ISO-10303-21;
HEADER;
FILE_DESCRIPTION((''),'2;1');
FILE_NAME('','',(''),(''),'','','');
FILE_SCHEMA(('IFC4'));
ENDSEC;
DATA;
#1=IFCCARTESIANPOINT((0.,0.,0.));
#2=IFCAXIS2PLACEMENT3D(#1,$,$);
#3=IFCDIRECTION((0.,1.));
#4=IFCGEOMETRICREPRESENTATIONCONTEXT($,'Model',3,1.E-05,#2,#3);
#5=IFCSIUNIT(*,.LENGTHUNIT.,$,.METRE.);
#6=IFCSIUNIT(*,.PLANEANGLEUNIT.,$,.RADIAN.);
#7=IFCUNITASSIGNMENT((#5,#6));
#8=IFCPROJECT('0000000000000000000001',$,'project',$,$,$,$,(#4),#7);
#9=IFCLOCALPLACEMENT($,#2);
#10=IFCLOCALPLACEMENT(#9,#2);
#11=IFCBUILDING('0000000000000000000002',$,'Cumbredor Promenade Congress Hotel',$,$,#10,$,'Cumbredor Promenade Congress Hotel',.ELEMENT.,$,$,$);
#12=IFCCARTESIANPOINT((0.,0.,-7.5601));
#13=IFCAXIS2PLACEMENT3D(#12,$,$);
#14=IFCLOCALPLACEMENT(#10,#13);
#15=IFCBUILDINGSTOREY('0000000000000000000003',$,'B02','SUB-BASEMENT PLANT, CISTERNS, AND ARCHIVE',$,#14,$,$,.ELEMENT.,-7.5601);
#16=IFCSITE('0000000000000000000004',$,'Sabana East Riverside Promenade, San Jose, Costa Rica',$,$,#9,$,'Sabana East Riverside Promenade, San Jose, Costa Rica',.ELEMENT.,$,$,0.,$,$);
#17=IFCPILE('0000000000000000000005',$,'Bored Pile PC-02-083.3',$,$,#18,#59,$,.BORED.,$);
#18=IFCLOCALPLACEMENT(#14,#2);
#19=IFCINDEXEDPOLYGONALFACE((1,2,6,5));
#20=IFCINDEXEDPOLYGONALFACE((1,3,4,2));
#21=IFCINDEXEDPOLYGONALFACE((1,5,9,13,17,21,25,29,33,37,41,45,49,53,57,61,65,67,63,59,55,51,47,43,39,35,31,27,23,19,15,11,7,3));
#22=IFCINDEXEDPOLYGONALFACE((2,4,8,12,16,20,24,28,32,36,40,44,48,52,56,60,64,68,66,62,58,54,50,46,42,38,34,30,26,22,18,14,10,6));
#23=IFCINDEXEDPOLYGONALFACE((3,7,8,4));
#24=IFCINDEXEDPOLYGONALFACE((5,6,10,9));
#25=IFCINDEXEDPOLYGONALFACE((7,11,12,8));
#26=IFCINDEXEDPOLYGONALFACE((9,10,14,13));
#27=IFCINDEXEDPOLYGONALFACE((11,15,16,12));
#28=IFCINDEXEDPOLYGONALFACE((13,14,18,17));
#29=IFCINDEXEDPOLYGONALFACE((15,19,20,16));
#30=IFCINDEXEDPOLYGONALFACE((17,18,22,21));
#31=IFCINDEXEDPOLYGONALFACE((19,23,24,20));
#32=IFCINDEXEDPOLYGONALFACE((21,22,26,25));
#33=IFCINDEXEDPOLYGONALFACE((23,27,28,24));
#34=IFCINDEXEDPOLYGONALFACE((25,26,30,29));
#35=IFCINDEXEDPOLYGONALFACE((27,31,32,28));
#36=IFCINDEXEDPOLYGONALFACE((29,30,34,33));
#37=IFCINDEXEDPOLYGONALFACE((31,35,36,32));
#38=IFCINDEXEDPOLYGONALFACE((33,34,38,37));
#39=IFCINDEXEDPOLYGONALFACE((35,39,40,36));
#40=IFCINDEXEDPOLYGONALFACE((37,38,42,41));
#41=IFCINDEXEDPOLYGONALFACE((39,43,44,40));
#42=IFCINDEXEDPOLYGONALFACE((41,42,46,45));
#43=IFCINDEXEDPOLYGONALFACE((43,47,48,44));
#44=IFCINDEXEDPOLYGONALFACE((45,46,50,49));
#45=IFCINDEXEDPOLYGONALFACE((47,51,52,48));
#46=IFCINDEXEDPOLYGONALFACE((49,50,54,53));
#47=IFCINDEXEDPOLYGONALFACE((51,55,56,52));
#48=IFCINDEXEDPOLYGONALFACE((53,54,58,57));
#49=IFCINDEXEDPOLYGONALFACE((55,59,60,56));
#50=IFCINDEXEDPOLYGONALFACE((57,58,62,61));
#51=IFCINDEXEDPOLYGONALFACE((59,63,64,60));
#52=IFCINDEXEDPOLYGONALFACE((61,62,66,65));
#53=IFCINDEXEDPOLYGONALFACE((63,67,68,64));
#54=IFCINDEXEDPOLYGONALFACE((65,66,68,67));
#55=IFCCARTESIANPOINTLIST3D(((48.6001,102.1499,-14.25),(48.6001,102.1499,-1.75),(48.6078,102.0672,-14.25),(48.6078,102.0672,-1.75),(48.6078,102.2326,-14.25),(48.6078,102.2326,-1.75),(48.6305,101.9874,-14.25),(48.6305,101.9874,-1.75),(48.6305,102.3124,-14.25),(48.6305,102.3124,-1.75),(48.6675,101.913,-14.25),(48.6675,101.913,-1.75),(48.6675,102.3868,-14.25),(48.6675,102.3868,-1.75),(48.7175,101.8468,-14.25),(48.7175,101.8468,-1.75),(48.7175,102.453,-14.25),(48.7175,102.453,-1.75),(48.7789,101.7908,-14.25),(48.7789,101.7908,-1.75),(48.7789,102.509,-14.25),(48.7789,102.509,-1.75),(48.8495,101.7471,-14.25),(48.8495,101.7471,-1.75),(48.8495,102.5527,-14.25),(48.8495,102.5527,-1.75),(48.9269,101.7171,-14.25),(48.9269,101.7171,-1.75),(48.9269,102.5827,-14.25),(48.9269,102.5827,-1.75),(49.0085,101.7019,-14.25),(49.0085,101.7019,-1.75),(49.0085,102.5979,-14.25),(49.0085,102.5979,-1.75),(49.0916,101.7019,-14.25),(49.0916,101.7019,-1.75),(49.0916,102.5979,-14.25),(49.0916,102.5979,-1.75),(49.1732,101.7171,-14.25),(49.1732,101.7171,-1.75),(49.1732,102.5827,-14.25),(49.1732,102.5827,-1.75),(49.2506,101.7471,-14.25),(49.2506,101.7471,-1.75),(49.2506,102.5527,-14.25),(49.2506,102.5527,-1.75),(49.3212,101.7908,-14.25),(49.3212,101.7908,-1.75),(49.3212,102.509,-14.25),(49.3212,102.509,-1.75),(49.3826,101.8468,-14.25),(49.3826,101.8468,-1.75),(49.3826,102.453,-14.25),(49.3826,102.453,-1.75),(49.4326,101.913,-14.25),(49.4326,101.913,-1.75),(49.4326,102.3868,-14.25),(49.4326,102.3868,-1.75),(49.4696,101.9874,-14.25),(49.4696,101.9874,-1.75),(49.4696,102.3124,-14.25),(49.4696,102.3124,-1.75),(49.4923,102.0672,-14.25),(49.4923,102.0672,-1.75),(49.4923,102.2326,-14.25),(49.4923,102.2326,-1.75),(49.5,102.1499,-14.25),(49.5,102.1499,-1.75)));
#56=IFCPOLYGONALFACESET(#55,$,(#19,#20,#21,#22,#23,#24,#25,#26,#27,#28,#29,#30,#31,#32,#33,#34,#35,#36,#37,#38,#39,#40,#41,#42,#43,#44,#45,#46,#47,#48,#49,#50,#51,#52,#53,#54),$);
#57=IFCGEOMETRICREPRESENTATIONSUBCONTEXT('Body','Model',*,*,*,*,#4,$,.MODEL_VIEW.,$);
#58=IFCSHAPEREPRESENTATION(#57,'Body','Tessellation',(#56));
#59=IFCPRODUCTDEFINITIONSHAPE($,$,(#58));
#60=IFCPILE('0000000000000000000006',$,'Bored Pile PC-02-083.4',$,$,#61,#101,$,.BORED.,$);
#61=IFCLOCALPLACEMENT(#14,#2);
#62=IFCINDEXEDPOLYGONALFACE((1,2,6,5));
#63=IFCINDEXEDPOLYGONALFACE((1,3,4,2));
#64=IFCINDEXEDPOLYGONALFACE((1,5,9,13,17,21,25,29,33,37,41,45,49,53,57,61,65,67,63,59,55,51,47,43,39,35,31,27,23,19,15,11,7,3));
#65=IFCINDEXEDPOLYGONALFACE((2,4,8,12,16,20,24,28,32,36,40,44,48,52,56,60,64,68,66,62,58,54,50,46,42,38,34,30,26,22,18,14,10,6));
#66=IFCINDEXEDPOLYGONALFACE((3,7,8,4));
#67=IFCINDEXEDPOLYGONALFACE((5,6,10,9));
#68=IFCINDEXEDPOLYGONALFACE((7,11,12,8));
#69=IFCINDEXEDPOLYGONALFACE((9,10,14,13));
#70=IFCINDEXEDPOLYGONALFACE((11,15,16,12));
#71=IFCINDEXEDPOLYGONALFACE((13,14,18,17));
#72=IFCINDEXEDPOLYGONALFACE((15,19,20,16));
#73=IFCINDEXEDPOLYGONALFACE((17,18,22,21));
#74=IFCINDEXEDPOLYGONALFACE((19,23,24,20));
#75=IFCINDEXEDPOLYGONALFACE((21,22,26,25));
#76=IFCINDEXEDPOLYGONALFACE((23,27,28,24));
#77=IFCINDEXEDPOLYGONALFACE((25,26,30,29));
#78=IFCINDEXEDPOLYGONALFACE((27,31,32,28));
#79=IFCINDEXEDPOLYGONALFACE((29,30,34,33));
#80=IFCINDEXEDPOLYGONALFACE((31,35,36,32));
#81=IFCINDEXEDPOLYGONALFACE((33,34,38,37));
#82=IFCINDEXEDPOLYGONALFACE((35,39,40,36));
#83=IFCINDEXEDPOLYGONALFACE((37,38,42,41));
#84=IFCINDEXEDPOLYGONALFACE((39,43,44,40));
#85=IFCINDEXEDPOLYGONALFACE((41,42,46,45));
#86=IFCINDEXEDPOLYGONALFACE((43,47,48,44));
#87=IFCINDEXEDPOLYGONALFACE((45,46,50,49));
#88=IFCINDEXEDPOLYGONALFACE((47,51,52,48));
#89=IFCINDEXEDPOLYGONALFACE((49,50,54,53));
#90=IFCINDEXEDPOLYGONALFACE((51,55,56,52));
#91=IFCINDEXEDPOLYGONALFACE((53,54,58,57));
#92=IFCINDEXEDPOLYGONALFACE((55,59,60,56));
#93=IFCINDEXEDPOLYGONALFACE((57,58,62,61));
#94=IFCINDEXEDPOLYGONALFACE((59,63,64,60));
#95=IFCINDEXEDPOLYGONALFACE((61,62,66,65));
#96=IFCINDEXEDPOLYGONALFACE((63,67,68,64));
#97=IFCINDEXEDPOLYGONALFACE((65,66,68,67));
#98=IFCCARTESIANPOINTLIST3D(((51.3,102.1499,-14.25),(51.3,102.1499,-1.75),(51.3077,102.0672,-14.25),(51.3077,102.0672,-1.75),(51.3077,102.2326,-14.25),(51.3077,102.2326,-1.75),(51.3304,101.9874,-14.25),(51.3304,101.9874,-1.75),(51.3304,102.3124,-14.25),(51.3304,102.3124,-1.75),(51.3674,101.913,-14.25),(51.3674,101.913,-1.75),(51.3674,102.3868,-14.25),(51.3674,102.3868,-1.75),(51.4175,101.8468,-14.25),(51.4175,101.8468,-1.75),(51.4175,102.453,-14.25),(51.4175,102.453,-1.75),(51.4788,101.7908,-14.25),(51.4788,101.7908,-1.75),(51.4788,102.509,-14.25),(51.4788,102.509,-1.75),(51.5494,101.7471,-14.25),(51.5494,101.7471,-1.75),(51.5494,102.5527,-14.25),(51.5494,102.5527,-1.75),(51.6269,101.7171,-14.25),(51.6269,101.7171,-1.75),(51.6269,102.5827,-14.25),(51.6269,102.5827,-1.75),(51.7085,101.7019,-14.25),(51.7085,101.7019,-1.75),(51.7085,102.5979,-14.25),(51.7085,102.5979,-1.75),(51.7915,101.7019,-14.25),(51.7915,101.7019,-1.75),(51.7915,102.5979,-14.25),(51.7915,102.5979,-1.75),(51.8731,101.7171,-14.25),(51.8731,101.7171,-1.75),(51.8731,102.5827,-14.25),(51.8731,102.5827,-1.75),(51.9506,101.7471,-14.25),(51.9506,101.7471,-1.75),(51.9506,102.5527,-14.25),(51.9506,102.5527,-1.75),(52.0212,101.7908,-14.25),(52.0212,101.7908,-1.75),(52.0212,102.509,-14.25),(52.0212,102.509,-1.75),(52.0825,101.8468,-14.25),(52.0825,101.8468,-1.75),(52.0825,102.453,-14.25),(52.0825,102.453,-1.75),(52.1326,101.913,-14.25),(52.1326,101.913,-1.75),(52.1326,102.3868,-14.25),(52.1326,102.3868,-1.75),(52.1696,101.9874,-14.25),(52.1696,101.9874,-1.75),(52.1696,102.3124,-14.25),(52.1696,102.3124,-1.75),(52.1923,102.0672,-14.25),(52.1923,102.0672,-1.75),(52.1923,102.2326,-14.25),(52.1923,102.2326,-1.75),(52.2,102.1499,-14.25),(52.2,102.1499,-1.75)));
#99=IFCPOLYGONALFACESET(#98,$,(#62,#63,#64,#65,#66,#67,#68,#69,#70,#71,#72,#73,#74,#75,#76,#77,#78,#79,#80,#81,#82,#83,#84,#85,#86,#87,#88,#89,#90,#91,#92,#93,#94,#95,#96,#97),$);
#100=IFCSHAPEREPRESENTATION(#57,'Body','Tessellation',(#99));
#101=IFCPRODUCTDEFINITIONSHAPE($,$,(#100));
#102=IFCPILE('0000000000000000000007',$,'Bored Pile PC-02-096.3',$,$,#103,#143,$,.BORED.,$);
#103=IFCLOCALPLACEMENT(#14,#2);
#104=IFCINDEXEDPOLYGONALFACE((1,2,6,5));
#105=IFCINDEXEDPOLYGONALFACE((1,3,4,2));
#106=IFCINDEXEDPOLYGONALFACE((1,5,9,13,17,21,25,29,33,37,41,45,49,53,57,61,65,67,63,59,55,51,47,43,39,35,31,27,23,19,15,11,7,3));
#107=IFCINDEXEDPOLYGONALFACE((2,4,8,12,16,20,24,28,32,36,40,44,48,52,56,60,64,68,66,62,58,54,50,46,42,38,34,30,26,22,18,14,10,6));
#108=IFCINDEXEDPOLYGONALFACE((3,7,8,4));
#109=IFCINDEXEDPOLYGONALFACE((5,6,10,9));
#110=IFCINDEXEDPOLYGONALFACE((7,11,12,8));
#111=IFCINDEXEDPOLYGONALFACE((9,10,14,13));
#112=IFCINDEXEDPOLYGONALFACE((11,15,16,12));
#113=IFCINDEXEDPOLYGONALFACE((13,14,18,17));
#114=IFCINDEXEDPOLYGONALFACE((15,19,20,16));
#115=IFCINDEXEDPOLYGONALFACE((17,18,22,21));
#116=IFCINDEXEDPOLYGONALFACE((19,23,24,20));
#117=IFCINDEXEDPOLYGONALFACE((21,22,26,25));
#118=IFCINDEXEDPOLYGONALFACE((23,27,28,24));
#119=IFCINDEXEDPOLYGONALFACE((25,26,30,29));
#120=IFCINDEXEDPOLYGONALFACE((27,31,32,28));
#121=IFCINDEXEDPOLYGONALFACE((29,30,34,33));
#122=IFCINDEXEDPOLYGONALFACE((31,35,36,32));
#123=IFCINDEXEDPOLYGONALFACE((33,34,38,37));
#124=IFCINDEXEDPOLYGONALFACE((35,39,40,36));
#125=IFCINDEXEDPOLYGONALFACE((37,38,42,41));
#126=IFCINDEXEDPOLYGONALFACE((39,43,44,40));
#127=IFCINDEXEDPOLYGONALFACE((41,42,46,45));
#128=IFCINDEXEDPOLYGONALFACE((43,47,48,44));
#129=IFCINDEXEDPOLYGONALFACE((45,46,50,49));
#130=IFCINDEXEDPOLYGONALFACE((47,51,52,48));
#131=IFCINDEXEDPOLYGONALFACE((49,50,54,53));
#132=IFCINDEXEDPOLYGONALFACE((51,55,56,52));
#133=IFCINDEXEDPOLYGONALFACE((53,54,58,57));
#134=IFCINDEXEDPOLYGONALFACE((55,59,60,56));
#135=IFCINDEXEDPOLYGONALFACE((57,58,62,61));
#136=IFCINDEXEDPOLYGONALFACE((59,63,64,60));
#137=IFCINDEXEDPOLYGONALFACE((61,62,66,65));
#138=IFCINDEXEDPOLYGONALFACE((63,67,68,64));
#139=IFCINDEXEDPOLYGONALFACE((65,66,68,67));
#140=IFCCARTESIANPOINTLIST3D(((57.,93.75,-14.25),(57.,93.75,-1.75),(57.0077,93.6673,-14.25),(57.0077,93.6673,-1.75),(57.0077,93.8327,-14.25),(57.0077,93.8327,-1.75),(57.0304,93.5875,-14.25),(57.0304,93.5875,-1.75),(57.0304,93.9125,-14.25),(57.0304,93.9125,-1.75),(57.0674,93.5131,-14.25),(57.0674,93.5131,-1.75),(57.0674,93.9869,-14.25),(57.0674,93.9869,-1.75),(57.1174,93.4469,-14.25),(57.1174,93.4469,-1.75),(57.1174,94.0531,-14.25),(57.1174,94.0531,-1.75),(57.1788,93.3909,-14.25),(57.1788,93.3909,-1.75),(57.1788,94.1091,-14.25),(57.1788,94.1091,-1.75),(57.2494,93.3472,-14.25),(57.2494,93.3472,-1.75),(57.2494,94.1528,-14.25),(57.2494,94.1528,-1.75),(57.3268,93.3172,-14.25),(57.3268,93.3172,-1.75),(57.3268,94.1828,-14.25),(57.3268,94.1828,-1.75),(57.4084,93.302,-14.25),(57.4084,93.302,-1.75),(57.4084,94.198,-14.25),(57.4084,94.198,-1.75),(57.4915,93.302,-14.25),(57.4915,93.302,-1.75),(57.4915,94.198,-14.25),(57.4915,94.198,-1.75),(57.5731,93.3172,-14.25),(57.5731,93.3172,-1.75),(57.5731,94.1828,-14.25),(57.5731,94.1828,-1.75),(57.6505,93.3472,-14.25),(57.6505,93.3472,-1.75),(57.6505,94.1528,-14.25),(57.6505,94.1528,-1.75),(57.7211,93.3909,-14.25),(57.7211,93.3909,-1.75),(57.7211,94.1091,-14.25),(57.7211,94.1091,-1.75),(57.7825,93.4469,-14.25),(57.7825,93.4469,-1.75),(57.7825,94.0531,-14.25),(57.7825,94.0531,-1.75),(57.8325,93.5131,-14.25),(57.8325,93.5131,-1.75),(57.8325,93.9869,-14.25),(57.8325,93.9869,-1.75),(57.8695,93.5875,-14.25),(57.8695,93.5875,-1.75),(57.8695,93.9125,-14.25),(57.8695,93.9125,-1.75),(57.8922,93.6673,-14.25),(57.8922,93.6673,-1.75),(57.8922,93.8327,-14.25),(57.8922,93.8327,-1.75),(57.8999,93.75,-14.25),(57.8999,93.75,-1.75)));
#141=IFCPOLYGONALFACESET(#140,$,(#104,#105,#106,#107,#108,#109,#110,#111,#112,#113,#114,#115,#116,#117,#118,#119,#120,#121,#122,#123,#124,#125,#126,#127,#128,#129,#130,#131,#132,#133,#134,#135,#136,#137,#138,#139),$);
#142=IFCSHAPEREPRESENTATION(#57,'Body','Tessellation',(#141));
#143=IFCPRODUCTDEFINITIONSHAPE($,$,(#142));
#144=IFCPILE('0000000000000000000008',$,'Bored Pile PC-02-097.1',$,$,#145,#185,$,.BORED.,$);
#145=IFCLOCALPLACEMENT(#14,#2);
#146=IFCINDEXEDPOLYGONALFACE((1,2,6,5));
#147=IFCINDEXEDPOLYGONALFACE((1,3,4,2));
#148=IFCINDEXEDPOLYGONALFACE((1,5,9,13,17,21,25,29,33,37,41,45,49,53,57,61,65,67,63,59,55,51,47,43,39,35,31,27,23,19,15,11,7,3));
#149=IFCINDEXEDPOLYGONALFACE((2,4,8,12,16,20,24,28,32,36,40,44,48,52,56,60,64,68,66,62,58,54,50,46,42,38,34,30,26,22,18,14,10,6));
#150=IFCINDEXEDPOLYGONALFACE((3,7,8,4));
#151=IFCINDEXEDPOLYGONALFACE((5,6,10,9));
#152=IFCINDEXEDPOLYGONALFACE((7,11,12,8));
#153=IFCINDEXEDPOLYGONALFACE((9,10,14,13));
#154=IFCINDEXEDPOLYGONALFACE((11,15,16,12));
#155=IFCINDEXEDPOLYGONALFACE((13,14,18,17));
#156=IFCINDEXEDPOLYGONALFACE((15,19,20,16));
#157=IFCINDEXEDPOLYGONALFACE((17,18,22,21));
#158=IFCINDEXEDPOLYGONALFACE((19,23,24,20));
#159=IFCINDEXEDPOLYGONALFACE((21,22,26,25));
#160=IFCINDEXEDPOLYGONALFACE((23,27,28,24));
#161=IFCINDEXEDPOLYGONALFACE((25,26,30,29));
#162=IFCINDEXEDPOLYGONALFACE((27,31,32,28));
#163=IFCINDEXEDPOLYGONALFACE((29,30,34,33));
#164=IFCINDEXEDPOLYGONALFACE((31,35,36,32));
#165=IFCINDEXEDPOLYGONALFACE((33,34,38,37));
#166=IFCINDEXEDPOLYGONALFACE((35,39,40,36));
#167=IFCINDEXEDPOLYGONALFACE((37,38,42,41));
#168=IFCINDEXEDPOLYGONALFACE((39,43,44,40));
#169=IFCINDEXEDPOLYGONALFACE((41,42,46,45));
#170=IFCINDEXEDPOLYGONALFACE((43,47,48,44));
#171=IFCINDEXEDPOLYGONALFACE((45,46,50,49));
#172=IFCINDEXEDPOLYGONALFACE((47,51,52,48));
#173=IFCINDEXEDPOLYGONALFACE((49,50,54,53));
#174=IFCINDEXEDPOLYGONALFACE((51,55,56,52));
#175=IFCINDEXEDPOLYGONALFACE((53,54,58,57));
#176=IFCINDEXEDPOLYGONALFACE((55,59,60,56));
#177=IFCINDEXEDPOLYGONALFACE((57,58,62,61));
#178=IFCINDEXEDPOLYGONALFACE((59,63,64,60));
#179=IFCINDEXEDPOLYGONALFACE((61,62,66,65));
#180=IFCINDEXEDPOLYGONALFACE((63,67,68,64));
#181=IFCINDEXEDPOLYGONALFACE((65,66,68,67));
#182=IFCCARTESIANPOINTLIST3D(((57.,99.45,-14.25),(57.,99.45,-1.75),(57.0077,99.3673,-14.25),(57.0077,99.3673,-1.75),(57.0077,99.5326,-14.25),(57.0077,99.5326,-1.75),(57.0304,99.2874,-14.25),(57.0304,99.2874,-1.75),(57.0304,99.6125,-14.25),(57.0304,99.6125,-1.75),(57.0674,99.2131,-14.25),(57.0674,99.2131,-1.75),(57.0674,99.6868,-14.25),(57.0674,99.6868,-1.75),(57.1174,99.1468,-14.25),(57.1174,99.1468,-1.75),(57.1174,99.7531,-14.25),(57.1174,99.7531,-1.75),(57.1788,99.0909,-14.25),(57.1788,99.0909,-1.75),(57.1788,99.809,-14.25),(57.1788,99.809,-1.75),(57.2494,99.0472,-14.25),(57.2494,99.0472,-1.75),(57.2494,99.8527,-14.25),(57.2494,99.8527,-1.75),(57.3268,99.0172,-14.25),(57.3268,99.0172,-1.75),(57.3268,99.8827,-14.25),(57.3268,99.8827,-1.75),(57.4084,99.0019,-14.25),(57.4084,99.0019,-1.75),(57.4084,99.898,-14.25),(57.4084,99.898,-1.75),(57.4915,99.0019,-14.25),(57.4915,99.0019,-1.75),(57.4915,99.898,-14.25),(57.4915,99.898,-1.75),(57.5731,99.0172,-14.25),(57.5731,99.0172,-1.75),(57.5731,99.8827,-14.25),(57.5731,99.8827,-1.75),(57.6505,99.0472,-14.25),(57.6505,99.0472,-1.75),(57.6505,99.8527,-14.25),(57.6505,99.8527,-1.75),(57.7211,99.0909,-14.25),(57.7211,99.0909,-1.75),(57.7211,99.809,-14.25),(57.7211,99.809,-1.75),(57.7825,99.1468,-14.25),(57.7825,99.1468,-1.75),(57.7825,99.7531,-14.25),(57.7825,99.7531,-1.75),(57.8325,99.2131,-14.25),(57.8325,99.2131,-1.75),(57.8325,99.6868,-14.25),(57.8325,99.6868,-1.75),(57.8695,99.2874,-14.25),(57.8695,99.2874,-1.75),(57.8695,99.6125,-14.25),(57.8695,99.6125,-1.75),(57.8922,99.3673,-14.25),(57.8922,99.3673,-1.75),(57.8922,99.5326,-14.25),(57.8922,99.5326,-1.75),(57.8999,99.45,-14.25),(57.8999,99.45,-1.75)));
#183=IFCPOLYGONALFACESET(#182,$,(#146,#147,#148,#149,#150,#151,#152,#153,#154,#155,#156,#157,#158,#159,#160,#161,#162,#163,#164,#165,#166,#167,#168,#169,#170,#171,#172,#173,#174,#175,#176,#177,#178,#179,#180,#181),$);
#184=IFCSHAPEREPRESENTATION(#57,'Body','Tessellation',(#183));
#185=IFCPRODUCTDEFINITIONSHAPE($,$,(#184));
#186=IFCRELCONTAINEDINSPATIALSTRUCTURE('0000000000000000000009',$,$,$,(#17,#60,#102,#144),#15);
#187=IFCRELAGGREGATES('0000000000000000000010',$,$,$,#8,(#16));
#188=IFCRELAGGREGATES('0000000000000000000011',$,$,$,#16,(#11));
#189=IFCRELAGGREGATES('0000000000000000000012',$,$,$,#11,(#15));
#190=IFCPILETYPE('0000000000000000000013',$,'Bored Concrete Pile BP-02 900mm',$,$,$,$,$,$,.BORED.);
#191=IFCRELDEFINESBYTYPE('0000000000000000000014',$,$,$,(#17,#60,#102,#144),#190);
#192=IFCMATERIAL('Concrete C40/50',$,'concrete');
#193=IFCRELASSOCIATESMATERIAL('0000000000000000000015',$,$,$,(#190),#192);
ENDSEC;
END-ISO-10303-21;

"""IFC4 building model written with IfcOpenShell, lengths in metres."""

from ifc_helpers import new_model, si_unit, direction, frame, origin, origin_2d, place, context, subcontext, project, spatial, circle, extrude, material, material_profile, profile_set, type_object, element, save


model = new_model("IFC4")

# Units and contexts
model_context = context("Model", 3, precision=1e-05, world=origin(), true_north=direction((0.0, 1.0)))
body_context = subcontext(model_context, "Body", "Model", "MODEL_VIEW")
ifc_project = project(units=[si_unit("LENGTHUNIT", "METRE"), si_unit("PLANEANGLEUNIT", "RADIAN")], contexts=[model_context])

# Site, building, storey
site_placement = place(None, origin())
site = spatial("IfcSite", under=ifc_project, at=site_placement, Name="Sabana East Riverside Promenade, San Jose, Costa Rica", LongName="Sabana East Riverside Promenade, San Jose, Costa Rica", CompositionType="ELEMENT", RefElevation=0.0)
building_placement = place(site_placement, origin())
building = spatial("IfcBuilding", under=site, at=building_placement, Name="Cumbredor Promenade Congress Hotel", LongName="Cumbredor Promenade Congress Hotel", CompositionType="ELEMENT")
storey_placement = place(building_placement, frame((0.0, 0.0, -7.5601)))
storey = spatial("IfcBuildingStorey", under=building, at=storey_placement, Name="B02", Description="SUB-BASEMENT PLANT, CISTERNS, AND ARCHIVE", CompositionType="ELEMENT", Elevation=-7.5601)

# Piles
ifc_material_1 = material(Name="Concrete C40/50", Category="concrete")
ifc_material_profile_1 = material_profile(ifc_material_1, circle(Radius=0.45, at=origin_2d()), Name="PILE D900")
ifc_profile_set_1 = profile_set([ifc_material_profile_1], Name="Concrete C40/50")
pile_type_1 = type_object("IfcPileType", Name="Bored Concrete Pile BP-02 900mm", PredefinedType="BORED", material=ifc_profile_set_1)
for number, where, z_axis, x_axis, name in (
    (1, (49.05, 102.1499, -1.75), (0.0, 0.0, -1.0), (1.0, 0.0, 0.0), "Bored Pile PC-02-083.3"),
    (2, (51.75, 102.1499, -1.75), (0.0, 0.0, -1.0), (1.0, 0.0, 0.0), "Bored Pile PC-02-083.4"),
    (3, (57.45, 93.75, -1.75), (0.0, 0.0, -1.0), (1.0, 0.0, 0.0), "Bored Pile PC-02-096.3"),
    (4, (57.45, 99.45, -1.75), (0.0, 0.0, -1.0), (1.0, 0.0, 0.0), "Bored Pile PC-02-097.1"),
):
    element("IfcPile", number, at=place(storey_placement, frame(where, z_axis=z_axis, x_axis=x_axis)), inside=storey, type_object=pile_type_1, Name=name, PredefinedType="BORED", context=body_context, shape_type="SweptSolid", body=[
        extrude(circle(Radius=0.45, at=origin_2d()), origin(), (0.0, 0.0, 1.0), 12.5),
    ])

save(model, "model.ifc")
